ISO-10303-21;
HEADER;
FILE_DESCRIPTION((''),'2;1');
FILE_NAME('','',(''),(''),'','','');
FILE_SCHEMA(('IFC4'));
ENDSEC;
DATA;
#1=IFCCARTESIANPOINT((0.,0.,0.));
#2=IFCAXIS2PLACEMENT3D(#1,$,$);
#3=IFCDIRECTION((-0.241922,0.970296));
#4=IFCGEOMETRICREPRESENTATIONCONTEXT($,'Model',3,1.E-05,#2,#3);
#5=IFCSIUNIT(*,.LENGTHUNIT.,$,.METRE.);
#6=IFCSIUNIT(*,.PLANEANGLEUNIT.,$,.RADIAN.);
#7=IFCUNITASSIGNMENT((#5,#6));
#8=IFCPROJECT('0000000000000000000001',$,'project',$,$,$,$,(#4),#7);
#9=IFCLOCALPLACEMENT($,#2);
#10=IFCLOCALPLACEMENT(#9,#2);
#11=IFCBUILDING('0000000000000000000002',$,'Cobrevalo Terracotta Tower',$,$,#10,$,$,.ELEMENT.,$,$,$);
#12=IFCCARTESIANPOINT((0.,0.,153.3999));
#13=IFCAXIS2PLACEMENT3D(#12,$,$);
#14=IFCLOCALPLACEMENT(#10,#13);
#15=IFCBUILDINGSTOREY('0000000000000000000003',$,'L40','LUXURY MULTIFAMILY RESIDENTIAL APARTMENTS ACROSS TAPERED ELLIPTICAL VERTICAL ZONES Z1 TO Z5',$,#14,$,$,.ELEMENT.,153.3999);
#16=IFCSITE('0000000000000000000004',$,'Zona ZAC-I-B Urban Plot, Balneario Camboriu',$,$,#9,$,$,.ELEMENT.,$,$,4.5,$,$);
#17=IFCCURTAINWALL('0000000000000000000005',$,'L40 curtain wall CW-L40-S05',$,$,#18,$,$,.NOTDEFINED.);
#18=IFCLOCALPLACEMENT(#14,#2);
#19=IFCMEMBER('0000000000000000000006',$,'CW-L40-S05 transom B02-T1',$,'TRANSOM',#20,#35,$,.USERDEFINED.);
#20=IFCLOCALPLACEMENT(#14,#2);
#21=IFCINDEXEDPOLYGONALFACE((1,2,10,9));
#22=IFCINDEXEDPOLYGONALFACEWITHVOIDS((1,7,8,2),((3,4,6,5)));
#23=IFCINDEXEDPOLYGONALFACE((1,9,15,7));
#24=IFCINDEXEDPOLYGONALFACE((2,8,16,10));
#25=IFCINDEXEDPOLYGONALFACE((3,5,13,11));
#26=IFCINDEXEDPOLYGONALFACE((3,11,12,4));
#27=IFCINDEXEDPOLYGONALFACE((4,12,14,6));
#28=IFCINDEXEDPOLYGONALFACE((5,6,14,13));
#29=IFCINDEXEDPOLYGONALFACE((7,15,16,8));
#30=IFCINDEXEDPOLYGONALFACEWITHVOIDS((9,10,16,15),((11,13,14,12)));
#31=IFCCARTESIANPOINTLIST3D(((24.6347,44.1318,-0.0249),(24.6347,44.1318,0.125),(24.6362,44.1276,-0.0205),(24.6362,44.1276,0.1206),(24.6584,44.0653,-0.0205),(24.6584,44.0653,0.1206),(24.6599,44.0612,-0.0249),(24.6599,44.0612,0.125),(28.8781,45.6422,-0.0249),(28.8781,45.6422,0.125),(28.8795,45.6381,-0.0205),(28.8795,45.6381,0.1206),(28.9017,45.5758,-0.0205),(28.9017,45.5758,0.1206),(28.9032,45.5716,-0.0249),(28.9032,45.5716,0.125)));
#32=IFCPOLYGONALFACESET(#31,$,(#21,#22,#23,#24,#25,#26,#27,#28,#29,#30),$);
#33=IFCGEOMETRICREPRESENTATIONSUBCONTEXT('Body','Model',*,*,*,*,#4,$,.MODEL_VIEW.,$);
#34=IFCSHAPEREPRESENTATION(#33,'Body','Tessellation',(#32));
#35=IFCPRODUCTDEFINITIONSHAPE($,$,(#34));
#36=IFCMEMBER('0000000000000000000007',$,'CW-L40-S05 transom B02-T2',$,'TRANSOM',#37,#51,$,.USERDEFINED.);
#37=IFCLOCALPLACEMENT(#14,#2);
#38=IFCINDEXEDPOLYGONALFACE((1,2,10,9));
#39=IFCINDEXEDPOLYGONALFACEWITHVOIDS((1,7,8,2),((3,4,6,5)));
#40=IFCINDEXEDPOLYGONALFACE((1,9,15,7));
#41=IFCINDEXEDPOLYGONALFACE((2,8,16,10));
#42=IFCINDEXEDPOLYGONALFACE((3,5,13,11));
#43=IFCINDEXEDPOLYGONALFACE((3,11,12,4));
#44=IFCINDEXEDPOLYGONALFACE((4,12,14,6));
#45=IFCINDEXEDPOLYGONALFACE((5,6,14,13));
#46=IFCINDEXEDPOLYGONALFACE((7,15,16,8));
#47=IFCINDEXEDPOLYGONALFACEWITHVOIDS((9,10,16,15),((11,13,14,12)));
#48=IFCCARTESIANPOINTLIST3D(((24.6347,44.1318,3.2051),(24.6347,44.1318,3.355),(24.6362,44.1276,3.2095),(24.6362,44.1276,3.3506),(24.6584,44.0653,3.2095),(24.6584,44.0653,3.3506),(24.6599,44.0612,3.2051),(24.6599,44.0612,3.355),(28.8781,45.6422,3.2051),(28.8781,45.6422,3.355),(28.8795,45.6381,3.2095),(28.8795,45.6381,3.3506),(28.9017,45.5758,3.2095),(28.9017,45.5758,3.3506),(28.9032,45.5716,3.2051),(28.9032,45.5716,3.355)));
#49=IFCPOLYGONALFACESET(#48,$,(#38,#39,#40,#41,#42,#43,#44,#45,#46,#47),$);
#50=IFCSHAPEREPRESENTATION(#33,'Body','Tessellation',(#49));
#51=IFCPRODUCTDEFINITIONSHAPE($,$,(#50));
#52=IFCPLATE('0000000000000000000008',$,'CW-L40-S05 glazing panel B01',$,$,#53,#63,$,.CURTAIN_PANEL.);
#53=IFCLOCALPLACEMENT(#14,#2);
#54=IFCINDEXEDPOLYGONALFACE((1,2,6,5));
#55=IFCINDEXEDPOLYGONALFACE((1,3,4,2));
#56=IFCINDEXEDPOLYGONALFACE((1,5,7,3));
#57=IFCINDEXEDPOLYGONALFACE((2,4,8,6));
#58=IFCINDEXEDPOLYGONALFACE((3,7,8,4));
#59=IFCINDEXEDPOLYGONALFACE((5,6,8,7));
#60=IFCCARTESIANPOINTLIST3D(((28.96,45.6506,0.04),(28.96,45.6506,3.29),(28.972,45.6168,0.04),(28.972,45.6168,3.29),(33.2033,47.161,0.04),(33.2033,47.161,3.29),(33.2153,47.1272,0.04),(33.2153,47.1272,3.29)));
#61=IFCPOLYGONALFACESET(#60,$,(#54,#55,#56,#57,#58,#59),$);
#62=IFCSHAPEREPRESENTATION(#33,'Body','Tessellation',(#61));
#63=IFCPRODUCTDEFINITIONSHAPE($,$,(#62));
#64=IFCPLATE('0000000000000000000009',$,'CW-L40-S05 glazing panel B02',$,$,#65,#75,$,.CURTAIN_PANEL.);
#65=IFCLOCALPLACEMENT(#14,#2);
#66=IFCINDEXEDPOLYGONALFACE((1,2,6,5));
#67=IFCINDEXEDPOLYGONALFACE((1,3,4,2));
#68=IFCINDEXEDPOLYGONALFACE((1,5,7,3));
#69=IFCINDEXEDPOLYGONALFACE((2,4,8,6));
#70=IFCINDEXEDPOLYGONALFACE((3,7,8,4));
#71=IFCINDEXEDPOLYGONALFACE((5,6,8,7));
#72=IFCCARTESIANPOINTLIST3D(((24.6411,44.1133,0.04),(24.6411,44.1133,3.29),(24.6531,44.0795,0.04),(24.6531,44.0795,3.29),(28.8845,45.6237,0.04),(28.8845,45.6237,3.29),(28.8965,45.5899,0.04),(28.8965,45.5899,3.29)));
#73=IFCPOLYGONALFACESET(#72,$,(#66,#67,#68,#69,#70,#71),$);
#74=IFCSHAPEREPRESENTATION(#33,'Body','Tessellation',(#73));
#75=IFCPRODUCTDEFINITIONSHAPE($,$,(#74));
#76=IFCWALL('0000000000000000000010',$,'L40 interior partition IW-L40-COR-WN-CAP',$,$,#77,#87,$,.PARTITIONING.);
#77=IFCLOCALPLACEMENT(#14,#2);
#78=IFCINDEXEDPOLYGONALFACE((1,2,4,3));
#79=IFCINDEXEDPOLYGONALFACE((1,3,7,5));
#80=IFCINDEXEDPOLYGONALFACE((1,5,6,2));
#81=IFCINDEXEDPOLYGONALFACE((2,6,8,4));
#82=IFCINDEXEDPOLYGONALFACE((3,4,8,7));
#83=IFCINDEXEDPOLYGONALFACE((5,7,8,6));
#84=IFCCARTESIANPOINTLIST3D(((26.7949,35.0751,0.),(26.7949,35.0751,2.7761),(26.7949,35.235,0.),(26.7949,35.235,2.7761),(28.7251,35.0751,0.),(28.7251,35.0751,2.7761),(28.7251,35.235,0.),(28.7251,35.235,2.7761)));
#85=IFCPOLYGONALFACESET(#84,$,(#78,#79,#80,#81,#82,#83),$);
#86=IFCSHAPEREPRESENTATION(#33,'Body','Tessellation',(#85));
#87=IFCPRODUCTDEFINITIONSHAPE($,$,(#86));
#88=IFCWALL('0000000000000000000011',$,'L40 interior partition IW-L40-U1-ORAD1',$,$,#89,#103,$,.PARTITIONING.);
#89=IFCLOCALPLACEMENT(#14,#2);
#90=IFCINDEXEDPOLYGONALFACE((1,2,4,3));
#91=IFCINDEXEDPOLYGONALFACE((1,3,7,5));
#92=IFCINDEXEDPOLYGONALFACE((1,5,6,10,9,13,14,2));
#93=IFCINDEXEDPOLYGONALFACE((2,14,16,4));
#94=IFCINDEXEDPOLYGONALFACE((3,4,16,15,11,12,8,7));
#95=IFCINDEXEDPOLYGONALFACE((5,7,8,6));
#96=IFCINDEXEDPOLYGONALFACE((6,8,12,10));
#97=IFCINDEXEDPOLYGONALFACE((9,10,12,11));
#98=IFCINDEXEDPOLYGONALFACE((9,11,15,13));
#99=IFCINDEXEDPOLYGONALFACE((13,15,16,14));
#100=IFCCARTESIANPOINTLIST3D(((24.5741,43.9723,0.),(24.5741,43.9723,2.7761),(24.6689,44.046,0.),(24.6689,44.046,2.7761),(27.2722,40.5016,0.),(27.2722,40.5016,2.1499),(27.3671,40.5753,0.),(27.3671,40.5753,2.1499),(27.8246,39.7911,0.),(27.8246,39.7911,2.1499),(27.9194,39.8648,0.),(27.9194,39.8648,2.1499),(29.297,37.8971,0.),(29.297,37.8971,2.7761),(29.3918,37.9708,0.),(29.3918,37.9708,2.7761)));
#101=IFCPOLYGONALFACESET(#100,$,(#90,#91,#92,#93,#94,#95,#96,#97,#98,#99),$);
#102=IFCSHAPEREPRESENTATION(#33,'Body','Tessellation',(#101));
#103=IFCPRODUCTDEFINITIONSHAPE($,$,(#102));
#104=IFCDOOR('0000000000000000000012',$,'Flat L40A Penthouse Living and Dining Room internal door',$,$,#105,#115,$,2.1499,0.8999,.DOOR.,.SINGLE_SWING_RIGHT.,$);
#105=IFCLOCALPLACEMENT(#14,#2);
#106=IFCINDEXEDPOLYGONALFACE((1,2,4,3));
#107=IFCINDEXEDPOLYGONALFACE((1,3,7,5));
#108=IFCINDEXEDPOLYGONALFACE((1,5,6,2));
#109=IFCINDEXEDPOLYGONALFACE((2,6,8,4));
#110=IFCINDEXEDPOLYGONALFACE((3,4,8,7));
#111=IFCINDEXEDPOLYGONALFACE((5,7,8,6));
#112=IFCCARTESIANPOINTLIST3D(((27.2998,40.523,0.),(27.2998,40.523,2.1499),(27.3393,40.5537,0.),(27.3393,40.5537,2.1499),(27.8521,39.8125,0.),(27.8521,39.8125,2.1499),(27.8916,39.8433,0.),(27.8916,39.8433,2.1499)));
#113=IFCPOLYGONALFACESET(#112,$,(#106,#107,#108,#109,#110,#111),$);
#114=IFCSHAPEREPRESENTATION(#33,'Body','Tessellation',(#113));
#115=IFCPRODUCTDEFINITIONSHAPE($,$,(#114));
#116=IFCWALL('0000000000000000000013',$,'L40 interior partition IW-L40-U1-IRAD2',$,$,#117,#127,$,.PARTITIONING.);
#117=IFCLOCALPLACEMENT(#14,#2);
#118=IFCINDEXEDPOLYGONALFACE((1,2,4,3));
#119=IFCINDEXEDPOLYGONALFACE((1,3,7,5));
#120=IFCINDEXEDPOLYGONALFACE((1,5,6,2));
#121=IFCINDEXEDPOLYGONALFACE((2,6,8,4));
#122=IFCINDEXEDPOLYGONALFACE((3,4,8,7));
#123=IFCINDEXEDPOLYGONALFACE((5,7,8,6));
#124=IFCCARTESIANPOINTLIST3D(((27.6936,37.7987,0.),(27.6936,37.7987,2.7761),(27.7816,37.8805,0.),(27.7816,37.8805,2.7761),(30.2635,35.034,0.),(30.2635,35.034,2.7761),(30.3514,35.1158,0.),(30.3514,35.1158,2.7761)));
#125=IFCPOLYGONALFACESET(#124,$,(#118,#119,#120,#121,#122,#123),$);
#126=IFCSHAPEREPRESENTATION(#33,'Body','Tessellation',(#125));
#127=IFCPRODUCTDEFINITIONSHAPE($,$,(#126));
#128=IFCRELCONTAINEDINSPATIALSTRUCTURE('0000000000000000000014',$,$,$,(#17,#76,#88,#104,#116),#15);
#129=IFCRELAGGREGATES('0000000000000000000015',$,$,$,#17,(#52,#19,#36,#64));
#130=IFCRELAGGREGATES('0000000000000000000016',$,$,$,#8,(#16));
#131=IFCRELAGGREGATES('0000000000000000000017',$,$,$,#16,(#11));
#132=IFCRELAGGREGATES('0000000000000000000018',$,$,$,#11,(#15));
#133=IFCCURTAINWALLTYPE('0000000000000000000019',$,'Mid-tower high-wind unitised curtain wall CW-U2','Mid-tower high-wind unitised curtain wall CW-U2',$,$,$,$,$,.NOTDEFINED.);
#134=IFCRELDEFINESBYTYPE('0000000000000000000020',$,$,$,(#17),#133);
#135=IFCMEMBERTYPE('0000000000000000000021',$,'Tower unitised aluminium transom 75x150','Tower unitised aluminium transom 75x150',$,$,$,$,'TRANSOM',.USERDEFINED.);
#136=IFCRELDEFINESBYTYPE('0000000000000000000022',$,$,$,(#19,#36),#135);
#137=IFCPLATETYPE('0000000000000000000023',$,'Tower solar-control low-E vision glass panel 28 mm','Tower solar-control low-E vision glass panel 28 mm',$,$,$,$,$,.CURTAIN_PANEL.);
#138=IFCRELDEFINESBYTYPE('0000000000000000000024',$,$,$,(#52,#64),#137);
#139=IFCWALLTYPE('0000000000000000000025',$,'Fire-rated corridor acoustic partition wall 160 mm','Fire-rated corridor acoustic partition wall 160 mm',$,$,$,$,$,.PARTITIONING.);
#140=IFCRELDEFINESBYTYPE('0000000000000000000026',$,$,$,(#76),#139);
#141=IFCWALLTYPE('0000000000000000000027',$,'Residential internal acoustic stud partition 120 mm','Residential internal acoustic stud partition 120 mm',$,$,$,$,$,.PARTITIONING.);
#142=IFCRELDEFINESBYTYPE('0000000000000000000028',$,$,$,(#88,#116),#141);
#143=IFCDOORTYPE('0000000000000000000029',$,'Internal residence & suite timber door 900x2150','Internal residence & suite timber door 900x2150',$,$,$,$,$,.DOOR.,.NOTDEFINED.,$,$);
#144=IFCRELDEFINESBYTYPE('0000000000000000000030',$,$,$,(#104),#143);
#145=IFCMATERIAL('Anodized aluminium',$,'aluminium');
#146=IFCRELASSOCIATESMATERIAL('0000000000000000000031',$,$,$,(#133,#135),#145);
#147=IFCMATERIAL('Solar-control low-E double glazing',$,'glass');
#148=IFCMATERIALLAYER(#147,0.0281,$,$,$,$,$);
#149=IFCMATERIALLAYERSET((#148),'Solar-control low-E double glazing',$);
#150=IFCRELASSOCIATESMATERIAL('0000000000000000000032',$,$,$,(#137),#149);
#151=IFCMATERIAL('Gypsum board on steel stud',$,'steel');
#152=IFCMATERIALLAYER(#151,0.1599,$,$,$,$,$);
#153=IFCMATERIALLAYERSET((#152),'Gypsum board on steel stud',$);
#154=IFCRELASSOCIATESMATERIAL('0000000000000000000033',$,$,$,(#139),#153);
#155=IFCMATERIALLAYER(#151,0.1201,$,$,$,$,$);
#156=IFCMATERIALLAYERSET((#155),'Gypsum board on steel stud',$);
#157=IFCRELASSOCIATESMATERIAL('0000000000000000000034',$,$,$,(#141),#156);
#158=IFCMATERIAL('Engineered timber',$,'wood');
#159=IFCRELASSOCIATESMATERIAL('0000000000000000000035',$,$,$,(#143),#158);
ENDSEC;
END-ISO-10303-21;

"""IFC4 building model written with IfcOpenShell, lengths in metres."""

from ifc_helpers import new_model, si_unit, direction, frame, frame_2d, origin, origin_2d, place, context, subcontext, project, spatial, rectangle, hollow_rectangle, extrude, source, transform, mapped, material, layer, layer_set, material_profile, profile_set, type_object, element, fill, aggregate, save


model = new_model("IFC4")

# Units and contexts
model_context = context("Model", 3, precision=1e-05, world=origin(), true_north=direction((-0.241922, 0.970296)))
body_context = subcontext(model_context, "Body", "Model", "MODEL_VIEW")
ifc_project = project(units=[si_unit("LENGTHUNIT", "METRE"), si_unit("PLANEANGLEUNIT", "RADIAN")], contexts=[model_context])

# Site, building, storey
site_placement = place(None, origin())
site = spatial("IfcSite", under=ifc_project, at=site_placement, Name="Zona ZAC-I-B Urban Plot, Balneario Camboriu", CompositionType="ELEMENT", RefElevation=4.5)
building_placement = place(site_placement, origin())
building = spatial("IfcBuilding", under=site, at=building_placement, Name="Cobrevalo Terracotta Tower", CompositionType="ELEMENT")
storey_placement = place(building_placement, frame((0.0, 0.0, 153.3999)))
storey = spatial("IfcBuildingStorey", under=building, at=storey_placement, Name="L40", Description="LUXURY MULTIFAMILY RESIDENTIAL APARTMENTS ACROSS TAPERED ELLIPTICAL VERTICAL ZONES Z1 TO Z5", CompositionType="ELEMENT", Elevation=153.3999)

# Curtain wall, members, plates
ifc_material_1 = material(Name="Anodized aluminium", Category="aluminium")
curtain_wall_type = type_object("IfcCurtainWallType", Name="Mid-tower high-wind unitised curtain wall CW-U2", Description="Mid-tower high-wind unitised curtain wall CW-U2", PredefinedType="NOTDEFINED", material=ifc_material_1)
curtain_wall_placement = place(storey_placement, origin())
curtain_wall = element("IfcCurtainWall", 1, at=curtain_wall_placement, inside=storey, type_object=curtain_wall_type, Name="L40 curtain wall CW-L40-S05", PredefinedType="NOTDEFINED")
ifc_material_profile_1 = material_profile(ifc_material_1, hollow_rectangle(XDim=0.075, YDim=0.1499, WallThickness=0.0044, at=origin_2d()), Name="CWT 75x150")
ifc_profile_set_1 = profile_set([ifc_material_profile_1], Name="Anodized aluminium")
member_type_1 = type_object("IfcMemberType", Name="Tower unitised aluminium transom 75x150", Description="Tower unitised aluminium transom 75x150", ElementType="TRANSOM", PredefinedType="USERDEFINED", material=ifc_profile_set_1)
shared_shape_1 = source(origin(), body_context, "Body", "SweptSolid", [
    extrude(hollow_rectangle(XDim=0.075, YDim=0.1499, WallThickness=0.0044, at=origin_2d()), origin(), (0.0, 0.0, 1.0), 4.5042),
])
member_1_placement = place(storey_placement, frame((28.8906, 45.6069, 0.05), z_axis=(-0.942093, -0.335351, 0.0), x_axis=(0.335351, -0.942093, 0.0)))
member_1 = element("IfcMember", 2, at=member_1_placement, type_object=member_type_1, Name="CW-L40-S05 transom B02-T1", ObjectType="TRANSOM", PredefinedType="USERDEFINED", context=body_context, shape_type="MappedRepresentation", body=[
    mapped(shared_shape_1, transform((0.0, 0.0, 0.0), scale=1.0)),
])
member_2_placement = place(storey_placement, frame((28.8906, 45.6069, 3.28), z_axis=(-0.942093, -0.335351, 0.0), x_axis=(0.335351, -0.942093, 0.0)))
member_2 = element("IfcMember", 3, at=member_2_placement, type_object=member_type_1, Name="CW-L40-S05 transom B02-T2", ObjectType="TRANSOM", PredefinedType="USERDEFINED", context=body_context, shape_type="MappedRepresentation", body=[
    mapped(shared_shape_1, transform((0.0, 0.0, 0.0), scale=1.0)),
])
ifc_material_2 = material(Name="Solar-control low-E double glazing", Category="glass")
ifc_layer_1 = layer(ifc_material_2, 0.0281)
ifc_layer_set_1 = layer_set([ifc_layer_1], Name="Solar-control low-E double glazing")
plate_type = type_object("IfcPlateType", Name="Tower solar-control low-E vision glass panel 28 mm", Description="Tower solar-control low-E vision glass panel 28 mm", PredefinedType="CURTAIN_PANEL", material=ifc_layer_set_1)
shared_shape_2 = source(origin(), body_context, "Body", "SweptSolid", [
    extrude(rectangle(XDim=4.5042, YDim=0.0359, at=origin_2d()), origin(), (0.0, 0.0, 1.0), 3.25),
])
plate_1_placement = place(storey_placement, frame((31.0876, 46.3889, 0.04), z_axis=(0.0, 0.0, 1.0), x_axis=(-0.942098, -0.335336, 0.0)))
plate_1 = element("IfcPlate", 4, at=plate_1_placement, type_object=plate_type, Name="CW-L40-S05 glazing panel B01", PredefinedType="CURTAIN_PANEL", context=body_context, shape_type="MappedRepresentation", body=[
    mapped(shared_shape_2, transform((0.0, 0.0, 0.0), scale=1.0)),
])
plate_2_placement = place(storey_placement, frame((26.7688, 44.8516, 0.04), z_axis=(0.0, 0.0, 1.0), x_axis=(-0.942098, -0.335336, 0.0)))
plate_2 = element("IfcPlate", 5, at=plate_2_placement, type_object=plate_type, Name="CW-L40-S05 glazing panel B02", PredefinedType="CURTAIN_PANEL", context=body_context, shape_type="MappedRepresentation", body=[
    mapped(shared_shape_2, transform((0.0, 0.0, 0.0), scale=1.0)),
])
aggregate(curtain_wall, [plate_1, member_1, member_2, plate_2])

# Wall
ifc_material_3 = material(Name="Gypsum board on steel stud", Category="steel")
ifc_layer_2 = layer(ifc_material_3, 0.1599)
ifc_layer_set_2 = layer_set([ifc_layer_2], Name="Gypsum board on steel stud")
wall_type_1 = type_object("IfcWallType", Name="Fire-rated corridor acoustic partition wall 160 mm", Description="Fire-rated corridor acoustic partition wall 160 mm", PredefinedType="PARTITIONING", material=ifc_layer_set_2)
wall_1_placement = place(storey_placement, frame((26.7949, 35.155, 0.0), z_axis=(0.0, 0.0, 1.0), x_axis=(1.0, 0.0, 0.0)))
element("IfcWall", 6, at=wall_1_placement, inside=storey, type_object=wall_type_1, Name="L40 interior partition IW-L40-COR-WN-CAP", PredefinedType="PARTITIONING", context=body_context, shape_type="SweptSolid", body=[
    extrude(rectangle(XDim=1.9302, YDim=0.1599, at=frame_2d((0.9651, 0.0))), origin(), (0.0, 0.0, 1.0), 2.7761),
])

# Shared definitions
ifc_layer_3 = layer(ifc_material_3, 0.1201)
ifc_layer_set_3 = layer_set([ifc_layer_3], Name="Gypsum board on steel stud")
wall_type_2 = type_object("IfcWallType", Name="Residential internal acoustic stud partition 120 mm", Description="Residential internal acoustic stud partition 120 mm", PredefinedType="PARTITIONING", material=ifc_layer_set_3)
ifc_material_4 = material(Name="Engineered timber", Category="wood")
door_type_1 = type_object("IfcDoorType", Name="Internal residence & suite timber door 900x2150", Description="Internal residence & suite timber door 900x2150", OperationType="NOTDEFINED", PredefinedType="DOOR", material=ifc_material_4)
shared_shape_3 = source(origin(), body_context, "Body", "SweptSolid", [
    extrude(rectangle(XDim=0.8999, YDim=2.1499, at=frame_2d((0.45, 1.075))), frame((0.0, 0.0249, 0.0), z_axis=(0.0, -1.0, 0.0), x_axis=(1.0, 0.0, 0.0)), (0.0, 0.0, 1.0), 0.05),
])

# Wall, opening, door
wall_2_placement = place(storey_placement, frame((29.3445, 37.9338, 0.0), z_axis=(0.0, 0.0, 1.0), x_axis=(-0.613758, 0.789494, 0.0)))
wall_2 = element("IfcWall", 7, at=wall_2_placement, inside=storey, type_object=wall_type_2, Name="L40 interior partition IW-L40-U1-ORAD1", PredefinedType="PARTITIONING", context=body_context, shape_type="SweptSolid", body=[
    extrude(rectangle(XDim=7.6951, YDim=0.1201, at=frame_2d((3.8477, 0.0))), origin(), (0.0, 0.0, 1.0), 2.7761),
])
opening_1_placement = place(wall_2_placement, frame((2.3992, 0.0, 0.0)))
opening_1 = element("IfcOpeningElement", 8, at=opening_1_placement, cuts=wall_2, PredefinedType="OPENING", context=body_context, shape_type="SweptSolid", body=[
    extrude(rectangle(XDim=0.8999, YDim=2.1499, at=frame_2d((0.45, 1.075))), frame((0.0, 0.0701, 0.0), z_axis=(0.0, -1.0, 0.0), x_axis=(1.0, 0.0, 0.0)), (0.0, 0.0, 1.0), 0.1401),
])
door_1_placement = place(opening_1_placement, frame((0.8999, 0.0, 0.0), z_axis=(0.0, 0.0, 1.0), x_axis=(-1.0, 0.0, 0.0)))
door_1 = element("IfcDoor", 9, at=door_1_placement, inside=storey, type_object=door_type_1, Name="Flat L40A Penthouse Living and Dining Room internal door", OperationType="SINGLE_SWING_RIGHT", OverallHeight=2.1499, OverallWidth=0.8999, PredefinedType="DOOR", context=body_context, shape_type="MappedRepresentation", body=[
    mapped(shared_shape_3, transform((0.0, 0.0, 0.0), scale=1.0)),
])
fill(opening_1, door_1)

# Wall
wall_3_placement = place(storey_placement, frame((30.3074, 35.075, 0.0), z_axis=(0.0, 0.0, 1.0), x_axis=(-0.680828, 0.732443, 0.0)))
element("IfcWall", 10, at=wall_3_placement, inside=storey, type_object=wall_type_2, Name="L40 interior partition IW-L40-U1-IRAD2", PredefinedType="PARTITIONING", context=body_context, shape_type="SweptSolid", body=[
    extrude(rectangle(XDim=3.7747, YDim=0.1201, at=frame_2d((1.8872, 0.0))), origin(), (0.0, 0.0, 1.0), 2.7761),
])

save(model, "model.ifc")
